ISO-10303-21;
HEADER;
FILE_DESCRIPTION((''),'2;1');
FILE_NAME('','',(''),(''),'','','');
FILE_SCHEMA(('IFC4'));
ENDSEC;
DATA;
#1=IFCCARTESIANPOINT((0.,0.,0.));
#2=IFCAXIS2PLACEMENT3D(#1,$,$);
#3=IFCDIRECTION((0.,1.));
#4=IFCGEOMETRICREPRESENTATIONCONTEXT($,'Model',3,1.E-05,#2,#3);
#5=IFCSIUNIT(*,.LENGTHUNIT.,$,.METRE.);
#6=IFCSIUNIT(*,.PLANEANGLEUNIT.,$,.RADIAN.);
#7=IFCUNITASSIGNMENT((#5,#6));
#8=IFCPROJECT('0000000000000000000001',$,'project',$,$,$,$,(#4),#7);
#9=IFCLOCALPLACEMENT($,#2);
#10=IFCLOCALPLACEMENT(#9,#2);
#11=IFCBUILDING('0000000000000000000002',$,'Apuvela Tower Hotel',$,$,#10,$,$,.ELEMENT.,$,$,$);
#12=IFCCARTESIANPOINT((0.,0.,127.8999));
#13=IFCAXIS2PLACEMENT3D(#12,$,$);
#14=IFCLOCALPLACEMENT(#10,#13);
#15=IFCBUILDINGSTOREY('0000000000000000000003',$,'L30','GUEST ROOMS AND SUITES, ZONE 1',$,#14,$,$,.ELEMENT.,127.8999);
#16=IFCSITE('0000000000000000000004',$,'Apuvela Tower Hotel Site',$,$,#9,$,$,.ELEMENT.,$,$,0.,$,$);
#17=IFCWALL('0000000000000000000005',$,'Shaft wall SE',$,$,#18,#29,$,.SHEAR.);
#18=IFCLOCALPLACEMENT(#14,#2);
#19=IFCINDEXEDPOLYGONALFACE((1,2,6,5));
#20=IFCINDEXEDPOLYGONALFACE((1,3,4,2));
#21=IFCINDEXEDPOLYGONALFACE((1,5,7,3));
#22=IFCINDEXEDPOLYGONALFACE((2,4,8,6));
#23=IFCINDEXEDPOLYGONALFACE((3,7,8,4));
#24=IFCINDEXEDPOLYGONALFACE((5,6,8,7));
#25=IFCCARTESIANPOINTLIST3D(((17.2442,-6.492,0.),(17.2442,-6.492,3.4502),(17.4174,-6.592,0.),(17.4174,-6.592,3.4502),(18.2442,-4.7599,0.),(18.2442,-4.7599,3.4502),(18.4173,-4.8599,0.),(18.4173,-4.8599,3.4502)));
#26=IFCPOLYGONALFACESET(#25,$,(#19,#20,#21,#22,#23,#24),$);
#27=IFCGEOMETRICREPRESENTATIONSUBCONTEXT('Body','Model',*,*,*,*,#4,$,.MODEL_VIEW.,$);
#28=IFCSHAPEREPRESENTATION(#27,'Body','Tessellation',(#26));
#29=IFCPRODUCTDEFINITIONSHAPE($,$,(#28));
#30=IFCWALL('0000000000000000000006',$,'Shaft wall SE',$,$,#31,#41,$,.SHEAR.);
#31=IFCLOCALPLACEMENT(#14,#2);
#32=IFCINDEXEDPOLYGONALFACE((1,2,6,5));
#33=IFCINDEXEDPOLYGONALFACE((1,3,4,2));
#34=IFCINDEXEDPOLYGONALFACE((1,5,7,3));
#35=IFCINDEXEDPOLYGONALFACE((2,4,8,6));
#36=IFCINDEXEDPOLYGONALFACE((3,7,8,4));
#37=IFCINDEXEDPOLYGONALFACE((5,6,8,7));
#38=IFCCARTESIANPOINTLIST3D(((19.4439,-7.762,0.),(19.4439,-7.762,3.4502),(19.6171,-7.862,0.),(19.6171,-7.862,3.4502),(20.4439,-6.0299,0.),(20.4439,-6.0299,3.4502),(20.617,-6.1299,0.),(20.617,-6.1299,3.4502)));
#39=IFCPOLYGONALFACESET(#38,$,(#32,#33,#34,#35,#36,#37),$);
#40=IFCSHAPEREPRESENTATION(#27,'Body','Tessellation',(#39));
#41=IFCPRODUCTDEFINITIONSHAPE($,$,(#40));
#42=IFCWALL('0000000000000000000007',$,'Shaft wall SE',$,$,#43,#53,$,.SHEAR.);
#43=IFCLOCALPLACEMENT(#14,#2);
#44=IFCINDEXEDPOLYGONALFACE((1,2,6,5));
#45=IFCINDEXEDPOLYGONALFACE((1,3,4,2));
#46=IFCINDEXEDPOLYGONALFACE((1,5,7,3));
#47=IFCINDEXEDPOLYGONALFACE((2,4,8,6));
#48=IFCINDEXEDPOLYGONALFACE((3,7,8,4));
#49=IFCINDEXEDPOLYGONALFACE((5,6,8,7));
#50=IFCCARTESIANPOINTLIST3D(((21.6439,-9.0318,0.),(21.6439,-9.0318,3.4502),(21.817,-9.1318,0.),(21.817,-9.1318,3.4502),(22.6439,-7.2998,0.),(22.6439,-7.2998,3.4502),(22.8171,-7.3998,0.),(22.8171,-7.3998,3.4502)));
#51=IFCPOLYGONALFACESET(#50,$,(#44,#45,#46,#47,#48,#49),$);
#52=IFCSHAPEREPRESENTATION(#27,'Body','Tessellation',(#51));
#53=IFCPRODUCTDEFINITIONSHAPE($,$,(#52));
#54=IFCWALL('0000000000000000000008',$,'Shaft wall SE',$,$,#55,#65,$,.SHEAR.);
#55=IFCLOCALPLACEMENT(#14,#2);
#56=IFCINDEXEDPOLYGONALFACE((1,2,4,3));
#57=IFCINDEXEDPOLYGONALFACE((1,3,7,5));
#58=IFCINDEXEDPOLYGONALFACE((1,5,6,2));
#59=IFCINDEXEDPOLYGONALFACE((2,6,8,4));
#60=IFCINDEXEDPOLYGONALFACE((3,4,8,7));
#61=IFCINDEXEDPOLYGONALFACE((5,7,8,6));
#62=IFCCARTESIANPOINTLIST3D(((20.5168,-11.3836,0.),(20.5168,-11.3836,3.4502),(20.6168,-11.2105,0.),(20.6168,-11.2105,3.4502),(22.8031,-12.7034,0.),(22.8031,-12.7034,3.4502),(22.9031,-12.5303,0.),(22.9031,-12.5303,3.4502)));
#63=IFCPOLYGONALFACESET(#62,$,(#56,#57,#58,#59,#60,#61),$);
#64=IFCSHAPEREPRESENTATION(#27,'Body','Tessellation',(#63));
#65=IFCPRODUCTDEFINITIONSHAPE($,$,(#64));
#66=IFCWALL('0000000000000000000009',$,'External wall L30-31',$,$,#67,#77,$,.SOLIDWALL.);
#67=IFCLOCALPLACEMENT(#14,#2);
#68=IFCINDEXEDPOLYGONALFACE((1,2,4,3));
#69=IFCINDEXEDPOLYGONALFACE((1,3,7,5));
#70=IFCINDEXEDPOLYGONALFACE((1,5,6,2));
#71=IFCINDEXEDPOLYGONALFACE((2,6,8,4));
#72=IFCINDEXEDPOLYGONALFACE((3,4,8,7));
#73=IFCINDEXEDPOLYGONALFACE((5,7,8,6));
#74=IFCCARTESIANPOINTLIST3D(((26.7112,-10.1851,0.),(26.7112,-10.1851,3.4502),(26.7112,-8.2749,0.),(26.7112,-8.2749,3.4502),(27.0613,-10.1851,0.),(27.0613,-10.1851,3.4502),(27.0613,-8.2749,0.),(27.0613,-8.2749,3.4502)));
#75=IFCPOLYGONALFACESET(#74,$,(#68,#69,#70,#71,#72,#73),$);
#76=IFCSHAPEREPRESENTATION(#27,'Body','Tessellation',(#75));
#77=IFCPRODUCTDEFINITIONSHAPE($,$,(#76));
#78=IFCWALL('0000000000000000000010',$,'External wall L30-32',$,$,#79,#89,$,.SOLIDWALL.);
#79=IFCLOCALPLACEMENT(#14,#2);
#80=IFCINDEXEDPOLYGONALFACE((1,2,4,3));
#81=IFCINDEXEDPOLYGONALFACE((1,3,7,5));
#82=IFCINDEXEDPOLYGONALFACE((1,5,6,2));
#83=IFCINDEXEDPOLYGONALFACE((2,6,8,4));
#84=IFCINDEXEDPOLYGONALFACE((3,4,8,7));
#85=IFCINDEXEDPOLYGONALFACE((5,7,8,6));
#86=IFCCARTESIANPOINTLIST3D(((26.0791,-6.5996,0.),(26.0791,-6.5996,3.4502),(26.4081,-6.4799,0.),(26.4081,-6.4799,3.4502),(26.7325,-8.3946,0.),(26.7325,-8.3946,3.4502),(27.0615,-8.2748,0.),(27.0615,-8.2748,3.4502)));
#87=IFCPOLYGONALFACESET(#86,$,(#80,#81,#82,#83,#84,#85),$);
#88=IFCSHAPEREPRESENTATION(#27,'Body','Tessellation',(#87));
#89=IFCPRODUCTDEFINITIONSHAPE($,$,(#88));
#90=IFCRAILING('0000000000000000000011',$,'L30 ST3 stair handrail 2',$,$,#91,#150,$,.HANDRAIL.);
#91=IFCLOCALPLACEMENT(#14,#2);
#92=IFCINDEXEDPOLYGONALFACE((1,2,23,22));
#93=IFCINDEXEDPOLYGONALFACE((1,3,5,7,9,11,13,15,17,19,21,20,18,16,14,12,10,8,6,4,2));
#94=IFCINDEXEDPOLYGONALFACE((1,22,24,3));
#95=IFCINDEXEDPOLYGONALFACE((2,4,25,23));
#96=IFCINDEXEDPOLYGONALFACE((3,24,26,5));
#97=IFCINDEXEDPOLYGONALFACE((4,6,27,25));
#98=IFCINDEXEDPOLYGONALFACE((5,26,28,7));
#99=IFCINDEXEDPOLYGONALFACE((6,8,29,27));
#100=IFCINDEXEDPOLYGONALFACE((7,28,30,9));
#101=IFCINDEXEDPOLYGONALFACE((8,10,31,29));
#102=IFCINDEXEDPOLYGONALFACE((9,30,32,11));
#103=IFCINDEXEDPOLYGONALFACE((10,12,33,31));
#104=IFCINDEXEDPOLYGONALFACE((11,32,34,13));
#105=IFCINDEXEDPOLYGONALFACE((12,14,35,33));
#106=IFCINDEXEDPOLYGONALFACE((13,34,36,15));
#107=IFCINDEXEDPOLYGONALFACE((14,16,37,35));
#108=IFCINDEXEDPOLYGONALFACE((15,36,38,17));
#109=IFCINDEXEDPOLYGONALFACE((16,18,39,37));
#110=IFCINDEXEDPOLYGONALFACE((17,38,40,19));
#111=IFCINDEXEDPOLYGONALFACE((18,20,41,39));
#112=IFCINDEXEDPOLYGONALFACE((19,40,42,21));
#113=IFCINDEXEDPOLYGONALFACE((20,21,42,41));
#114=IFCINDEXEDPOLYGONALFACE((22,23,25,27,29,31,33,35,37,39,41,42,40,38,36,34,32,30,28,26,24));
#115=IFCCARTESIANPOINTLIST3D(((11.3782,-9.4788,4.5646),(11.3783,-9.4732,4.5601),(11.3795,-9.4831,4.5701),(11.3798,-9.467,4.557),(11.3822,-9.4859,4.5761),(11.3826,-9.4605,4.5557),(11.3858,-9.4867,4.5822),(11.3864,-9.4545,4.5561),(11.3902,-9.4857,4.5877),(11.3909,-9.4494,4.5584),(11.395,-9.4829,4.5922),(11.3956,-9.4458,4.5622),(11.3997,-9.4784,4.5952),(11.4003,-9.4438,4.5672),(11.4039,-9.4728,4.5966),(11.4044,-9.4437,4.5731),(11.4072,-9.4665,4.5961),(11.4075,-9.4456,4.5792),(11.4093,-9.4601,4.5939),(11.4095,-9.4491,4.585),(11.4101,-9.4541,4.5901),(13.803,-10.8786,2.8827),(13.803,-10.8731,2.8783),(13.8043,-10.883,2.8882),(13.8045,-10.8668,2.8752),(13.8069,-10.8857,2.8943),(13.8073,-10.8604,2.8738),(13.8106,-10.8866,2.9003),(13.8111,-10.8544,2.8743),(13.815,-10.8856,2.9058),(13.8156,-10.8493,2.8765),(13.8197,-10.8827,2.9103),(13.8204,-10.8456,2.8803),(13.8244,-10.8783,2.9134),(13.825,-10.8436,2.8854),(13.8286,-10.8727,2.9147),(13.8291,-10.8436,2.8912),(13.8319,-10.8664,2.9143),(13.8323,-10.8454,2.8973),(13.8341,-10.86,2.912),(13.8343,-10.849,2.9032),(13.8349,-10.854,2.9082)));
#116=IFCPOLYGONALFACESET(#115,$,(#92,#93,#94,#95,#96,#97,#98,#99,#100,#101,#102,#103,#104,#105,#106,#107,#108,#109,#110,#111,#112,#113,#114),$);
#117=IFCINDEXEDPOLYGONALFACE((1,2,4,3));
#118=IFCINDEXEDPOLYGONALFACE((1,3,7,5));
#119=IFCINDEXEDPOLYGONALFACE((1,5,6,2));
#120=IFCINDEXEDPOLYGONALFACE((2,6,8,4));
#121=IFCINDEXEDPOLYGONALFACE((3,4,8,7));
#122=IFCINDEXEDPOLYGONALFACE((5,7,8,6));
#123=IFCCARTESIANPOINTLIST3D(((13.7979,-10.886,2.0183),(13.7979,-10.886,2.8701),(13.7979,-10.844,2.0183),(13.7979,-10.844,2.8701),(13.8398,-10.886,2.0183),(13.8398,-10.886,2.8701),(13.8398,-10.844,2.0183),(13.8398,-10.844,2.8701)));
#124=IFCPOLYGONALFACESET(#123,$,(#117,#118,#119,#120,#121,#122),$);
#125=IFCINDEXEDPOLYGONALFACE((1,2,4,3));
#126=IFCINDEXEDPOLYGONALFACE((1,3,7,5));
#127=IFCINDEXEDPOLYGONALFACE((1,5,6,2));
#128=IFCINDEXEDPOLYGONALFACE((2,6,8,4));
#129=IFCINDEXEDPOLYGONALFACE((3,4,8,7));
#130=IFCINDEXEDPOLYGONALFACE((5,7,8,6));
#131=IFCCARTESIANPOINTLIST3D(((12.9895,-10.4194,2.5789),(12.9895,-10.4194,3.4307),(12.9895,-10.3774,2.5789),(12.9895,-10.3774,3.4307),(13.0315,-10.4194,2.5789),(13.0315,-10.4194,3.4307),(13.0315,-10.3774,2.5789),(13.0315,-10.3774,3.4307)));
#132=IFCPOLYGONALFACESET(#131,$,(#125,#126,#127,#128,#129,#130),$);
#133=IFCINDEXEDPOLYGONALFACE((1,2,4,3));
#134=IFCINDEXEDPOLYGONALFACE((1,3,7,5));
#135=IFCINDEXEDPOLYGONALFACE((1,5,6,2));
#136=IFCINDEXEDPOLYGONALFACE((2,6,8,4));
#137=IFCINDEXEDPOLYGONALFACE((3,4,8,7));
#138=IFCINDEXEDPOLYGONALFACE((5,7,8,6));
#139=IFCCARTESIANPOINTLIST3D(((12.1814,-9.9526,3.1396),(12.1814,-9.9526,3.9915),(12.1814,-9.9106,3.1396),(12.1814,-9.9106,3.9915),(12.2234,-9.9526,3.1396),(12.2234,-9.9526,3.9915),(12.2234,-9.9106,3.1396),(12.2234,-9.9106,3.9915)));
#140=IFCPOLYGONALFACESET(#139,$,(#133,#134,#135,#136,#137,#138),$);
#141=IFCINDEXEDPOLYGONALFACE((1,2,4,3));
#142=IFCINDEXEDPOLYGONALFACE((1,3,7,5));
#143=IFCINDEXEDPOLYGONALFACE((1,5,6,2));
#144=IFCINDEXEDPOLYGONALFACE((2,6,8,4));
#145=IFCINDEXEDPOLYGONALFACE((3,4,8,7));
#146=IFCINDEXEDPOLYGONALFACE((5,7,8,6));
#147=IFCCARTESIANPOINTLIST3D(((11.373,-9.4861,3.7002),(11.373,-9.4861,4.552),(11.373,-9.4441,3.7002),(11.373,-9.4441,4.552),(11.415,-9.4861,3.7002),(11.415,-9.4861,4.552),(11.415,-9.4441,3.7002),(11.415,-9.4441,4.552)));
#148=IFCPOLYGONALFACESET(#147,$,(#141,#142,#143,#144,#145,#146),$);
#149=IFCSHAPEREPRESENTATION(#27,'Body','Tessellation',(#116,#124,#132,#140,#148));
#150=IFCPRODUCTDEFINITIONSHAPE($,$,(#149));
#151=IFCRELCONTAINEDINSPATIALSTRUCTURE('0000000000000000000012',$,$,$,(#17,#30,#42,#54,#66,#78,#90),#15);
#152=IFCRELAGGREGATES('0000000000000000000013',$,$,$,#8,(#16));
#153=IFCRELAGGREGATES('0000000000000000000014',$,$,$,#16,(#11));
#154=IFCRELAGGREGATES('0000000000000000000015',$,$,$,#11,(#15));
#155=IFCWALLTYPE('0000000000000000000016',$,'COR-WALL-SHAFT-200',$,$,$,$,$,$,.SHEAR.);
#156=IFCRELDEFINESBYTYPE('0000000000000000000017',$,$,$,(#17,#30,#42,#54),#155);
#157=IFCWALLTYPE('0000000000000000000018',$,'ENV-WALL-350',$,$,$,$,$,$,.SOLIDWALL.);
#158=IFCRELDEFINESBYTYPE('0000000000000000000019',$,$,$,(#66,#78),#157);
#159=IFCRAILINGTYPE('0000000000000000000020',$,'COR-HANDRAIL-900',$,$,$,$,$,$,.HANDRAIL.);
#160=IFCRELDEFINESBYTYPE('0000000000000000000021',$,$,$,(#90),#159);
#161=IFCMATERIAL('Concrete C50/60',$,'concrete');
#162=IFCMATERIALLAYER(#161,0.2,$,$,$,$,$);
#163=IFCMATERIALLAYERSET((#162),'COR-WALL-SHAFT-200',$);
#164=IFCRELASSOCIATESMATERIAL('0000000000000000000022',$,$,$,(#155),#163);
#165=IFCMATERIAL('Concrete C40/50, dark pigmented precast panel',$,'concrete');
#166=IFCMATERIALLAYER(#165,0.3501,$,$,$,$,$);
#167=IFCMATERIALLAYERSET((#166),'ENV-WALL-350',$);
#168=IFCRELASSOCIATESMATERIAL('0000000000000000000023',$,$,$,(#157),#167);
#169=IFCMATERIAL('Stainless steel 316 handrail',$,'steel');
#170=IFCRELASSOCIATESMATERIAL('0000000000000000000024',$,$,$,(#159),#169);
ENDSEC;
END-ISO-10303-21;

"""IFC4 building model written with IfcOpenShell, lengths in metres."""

from ifc_helpers import new_model, si_unit, direction, frame, frame_2d, origin, origin_2d, place, context, subcontext, project, spatial, rectangle, circle, extrude, material, layer, layer_set, type_object, element, save


model = new_model("IFC4")

# Units and contexts
model_context = context("Model", 3, precision=1e-05, world=origin(), true_north=direction((0.0, 1.0)))
body_context = subcontext(model_context, "Body", "Model", "MODEL_VIEW")
ifc_project = project(units=[si_unit("LENGTHUNIT", "METRE"), si_unit("PLANEANGLEUNIT", "RADIAN")], contexts=[model_context])

# Site, building, storey
site_placement = place(None, origin())
site = spatial("IfcSite", under=ifc_project, at=site_placement, Name="Apuvela Tower Hotel Site", CompositionType="ELEMENT", RefElevation=0.0)
building_placement = place(site_placement, origin())
building = spatial("IfcBuilding", under=site, at=building_placement, Name="Apuvela Tower Hotel", CompositionType="ELEMENT")
storey_placement = place(building_placement, frame((0.0, 0.0, 127.8999)))
storey = spatial("IfcBuildingStorey", under=building, at=storey_placement, Name="L30", Description="GUEST ROOMS AND SUITES, ZONE 1", CompositionType="ELEMENT", Elevation=127.8999)

# Walls
ifc_material_1 = material(Name="Concrete C50/60", Category="concrete")
ifc_layer_1 = layer(ifc_material_1, 0.2)
ifc_layer_set_1 = layer_set([ifc_layer_1], Name="COR-WALL-SHAFT-200")
wall_type_1 = type_object("IfcWallType", Name="COR-WALL-SHAFT-200", PredefinedType="SHEAR", material=ifc_layer_set_1)
for number, where, z_axis, x_axis, name in (
    (1, (17.3308, -6.542, 0.0), (0.0, 0.0, 1.0), (0.499973, 0.866041, 0.0), "Shaft wall SE"),
    (2, (19.5305, -7.812, 0.0), (0.0, 0.0, 1.0), (0.499973, 0.866041, 0.0), "Shaft wall SE"),
    (3, (21.7305, -9.0818, 0.0), (0.0, 0.0, 1.0), (0.500025, 0.866011, 0.0), "Shaft wall SE"),
):
    element("IfcWall", number, at=place(storey_placement, frame(where, z_axis=z_axis, x_axis=x_axis)), inside=storey, type_object=wall_type_1, Name=name, PredefinedType="SHEAR", context=body_context, shape_type="SweptSolid", body=[
        extrude(rectangle(XDim=2.0, YDim=0.2, at=frame_2d((1.0, 0.0))), origin(), (0.0, 0.0, 1.0), 3.4502),
    ])
wall_1_placement = place(storey_placement, frame((20.5669, -11.2971, 0.0), z_axis=(0.0, 0.0, 1.0), x_axis=(0.866061, -0.499939, 0.0)))
element("IfcWall", 4, at=wall_1_placement, inside=storey, type_object=wall_type_1, Name="Shaft wall SE", PredefinedType="SHEAR", context=body_context, shape_type="SweptSolid", body=[
    extrude(rectangle(XDim=2.6399, YDim=0.2, at=frame_2d((1.3198, 0.0))), origin(), (0.0, 0.0, 1.0), 3.4502),
])
ifc_material_2 = material(Name="Concrete C40/50, dark pigmented precast panel", Category="concrete")
ifc_layer_2 = layer(ifc_material_2, 0.3501)
ifc_layer_set_2 = layer_set([ifc_layer_2], Name="ENV-WALL-350")
wall_type_2 = type_object("IfcWallType", Name="ENV-WALL-350", PredefinedType="SOLIDWALL", material=ifc_layer_set_2)
for number, where, z_axis, x_axis, name in (
    (5, (26.8862, -10.1851, 0.0), (0.0, 0.0, 1.0), (0.0, 1.0, 0.0), "External wall L30-31"),
    (6, (26.897, -8.3347, 0.0), (0.0, 0.0, 1.0), (-0.34203, 0.939689, 0.0), "External wall L30-32"),
):
    element("IfcWall", number, at=place(storey_placement, frame(where, z_axis=z_axis, x_axis=x_axis)), inside=storey, type_object=wall_type_2, Name=name, PredefinedType="SOLIDWALL", context=body_context, shape_type="SweptSolid", body=[
        extrude(rectangle(XDim=1.9102, YDim=0.3501, at=frame_2d((0.9551, 0.0))), origin(), (0.0, 0.0, 1.0), 3.4502),
    ])

# Railing
ifc_material_3 = material(Name="Stainless steel 316 handrail", Category="steel")
railing_type_1 = type_object("IfcRailingType", Name="COR-HANDRAIL-900", PredefinedType="HANDRAIL", material=ifc_material_3)
railing_1_placement = place(storey_placement, frame((13.8188, -10.865, 2.0183)))
element("IfcRailing", 7, at=railing_1_placement, inside=storey, type_object=railing_type_1, Name="L30 ST3 stair handrail 2", PredefinedType="HANDRAIL", context=body_context, shape_type="SweptSolid", body=[
    extrude(circle(Radius=0.0239, at=origin_2d()), frame((0.0, 0.0, 0.876), z_axis=(-0.74239, 0.428601, 0.514934), x_axis=(-0.499984, -0.866035, 0.0)), (0.0, 0.0, 1.0), 3.2661),
    extrude(rectangle(XDim=0.042, YDim=0.042, at=origin_2d()), origin(), (0.0, 0.0, 1.0), 0.8518),
    extrude(rectangle(XDim=0.042, YDim=0.042, at=origin_2d()), frame((-0.8083, 0.4666, 0.5605)), (0.0, 0.0, 1.0), 0.8518),
    extrude(rectangle(XDim=0.042, YDim=0.042, at=origin_2d()), frame((-1.6165, 0.9333, 1.1213)), (0.0, 0.0, 1.0), 0.8518),
    extrude(rectangle(XDim=0.042, YDim=0.042, at=origin_2d()), frame((-2.4248, 1.3999, 1.6819)), (0.0, 0.0, 1.0), 0.8518),
])

save(model, "model.ifc")
